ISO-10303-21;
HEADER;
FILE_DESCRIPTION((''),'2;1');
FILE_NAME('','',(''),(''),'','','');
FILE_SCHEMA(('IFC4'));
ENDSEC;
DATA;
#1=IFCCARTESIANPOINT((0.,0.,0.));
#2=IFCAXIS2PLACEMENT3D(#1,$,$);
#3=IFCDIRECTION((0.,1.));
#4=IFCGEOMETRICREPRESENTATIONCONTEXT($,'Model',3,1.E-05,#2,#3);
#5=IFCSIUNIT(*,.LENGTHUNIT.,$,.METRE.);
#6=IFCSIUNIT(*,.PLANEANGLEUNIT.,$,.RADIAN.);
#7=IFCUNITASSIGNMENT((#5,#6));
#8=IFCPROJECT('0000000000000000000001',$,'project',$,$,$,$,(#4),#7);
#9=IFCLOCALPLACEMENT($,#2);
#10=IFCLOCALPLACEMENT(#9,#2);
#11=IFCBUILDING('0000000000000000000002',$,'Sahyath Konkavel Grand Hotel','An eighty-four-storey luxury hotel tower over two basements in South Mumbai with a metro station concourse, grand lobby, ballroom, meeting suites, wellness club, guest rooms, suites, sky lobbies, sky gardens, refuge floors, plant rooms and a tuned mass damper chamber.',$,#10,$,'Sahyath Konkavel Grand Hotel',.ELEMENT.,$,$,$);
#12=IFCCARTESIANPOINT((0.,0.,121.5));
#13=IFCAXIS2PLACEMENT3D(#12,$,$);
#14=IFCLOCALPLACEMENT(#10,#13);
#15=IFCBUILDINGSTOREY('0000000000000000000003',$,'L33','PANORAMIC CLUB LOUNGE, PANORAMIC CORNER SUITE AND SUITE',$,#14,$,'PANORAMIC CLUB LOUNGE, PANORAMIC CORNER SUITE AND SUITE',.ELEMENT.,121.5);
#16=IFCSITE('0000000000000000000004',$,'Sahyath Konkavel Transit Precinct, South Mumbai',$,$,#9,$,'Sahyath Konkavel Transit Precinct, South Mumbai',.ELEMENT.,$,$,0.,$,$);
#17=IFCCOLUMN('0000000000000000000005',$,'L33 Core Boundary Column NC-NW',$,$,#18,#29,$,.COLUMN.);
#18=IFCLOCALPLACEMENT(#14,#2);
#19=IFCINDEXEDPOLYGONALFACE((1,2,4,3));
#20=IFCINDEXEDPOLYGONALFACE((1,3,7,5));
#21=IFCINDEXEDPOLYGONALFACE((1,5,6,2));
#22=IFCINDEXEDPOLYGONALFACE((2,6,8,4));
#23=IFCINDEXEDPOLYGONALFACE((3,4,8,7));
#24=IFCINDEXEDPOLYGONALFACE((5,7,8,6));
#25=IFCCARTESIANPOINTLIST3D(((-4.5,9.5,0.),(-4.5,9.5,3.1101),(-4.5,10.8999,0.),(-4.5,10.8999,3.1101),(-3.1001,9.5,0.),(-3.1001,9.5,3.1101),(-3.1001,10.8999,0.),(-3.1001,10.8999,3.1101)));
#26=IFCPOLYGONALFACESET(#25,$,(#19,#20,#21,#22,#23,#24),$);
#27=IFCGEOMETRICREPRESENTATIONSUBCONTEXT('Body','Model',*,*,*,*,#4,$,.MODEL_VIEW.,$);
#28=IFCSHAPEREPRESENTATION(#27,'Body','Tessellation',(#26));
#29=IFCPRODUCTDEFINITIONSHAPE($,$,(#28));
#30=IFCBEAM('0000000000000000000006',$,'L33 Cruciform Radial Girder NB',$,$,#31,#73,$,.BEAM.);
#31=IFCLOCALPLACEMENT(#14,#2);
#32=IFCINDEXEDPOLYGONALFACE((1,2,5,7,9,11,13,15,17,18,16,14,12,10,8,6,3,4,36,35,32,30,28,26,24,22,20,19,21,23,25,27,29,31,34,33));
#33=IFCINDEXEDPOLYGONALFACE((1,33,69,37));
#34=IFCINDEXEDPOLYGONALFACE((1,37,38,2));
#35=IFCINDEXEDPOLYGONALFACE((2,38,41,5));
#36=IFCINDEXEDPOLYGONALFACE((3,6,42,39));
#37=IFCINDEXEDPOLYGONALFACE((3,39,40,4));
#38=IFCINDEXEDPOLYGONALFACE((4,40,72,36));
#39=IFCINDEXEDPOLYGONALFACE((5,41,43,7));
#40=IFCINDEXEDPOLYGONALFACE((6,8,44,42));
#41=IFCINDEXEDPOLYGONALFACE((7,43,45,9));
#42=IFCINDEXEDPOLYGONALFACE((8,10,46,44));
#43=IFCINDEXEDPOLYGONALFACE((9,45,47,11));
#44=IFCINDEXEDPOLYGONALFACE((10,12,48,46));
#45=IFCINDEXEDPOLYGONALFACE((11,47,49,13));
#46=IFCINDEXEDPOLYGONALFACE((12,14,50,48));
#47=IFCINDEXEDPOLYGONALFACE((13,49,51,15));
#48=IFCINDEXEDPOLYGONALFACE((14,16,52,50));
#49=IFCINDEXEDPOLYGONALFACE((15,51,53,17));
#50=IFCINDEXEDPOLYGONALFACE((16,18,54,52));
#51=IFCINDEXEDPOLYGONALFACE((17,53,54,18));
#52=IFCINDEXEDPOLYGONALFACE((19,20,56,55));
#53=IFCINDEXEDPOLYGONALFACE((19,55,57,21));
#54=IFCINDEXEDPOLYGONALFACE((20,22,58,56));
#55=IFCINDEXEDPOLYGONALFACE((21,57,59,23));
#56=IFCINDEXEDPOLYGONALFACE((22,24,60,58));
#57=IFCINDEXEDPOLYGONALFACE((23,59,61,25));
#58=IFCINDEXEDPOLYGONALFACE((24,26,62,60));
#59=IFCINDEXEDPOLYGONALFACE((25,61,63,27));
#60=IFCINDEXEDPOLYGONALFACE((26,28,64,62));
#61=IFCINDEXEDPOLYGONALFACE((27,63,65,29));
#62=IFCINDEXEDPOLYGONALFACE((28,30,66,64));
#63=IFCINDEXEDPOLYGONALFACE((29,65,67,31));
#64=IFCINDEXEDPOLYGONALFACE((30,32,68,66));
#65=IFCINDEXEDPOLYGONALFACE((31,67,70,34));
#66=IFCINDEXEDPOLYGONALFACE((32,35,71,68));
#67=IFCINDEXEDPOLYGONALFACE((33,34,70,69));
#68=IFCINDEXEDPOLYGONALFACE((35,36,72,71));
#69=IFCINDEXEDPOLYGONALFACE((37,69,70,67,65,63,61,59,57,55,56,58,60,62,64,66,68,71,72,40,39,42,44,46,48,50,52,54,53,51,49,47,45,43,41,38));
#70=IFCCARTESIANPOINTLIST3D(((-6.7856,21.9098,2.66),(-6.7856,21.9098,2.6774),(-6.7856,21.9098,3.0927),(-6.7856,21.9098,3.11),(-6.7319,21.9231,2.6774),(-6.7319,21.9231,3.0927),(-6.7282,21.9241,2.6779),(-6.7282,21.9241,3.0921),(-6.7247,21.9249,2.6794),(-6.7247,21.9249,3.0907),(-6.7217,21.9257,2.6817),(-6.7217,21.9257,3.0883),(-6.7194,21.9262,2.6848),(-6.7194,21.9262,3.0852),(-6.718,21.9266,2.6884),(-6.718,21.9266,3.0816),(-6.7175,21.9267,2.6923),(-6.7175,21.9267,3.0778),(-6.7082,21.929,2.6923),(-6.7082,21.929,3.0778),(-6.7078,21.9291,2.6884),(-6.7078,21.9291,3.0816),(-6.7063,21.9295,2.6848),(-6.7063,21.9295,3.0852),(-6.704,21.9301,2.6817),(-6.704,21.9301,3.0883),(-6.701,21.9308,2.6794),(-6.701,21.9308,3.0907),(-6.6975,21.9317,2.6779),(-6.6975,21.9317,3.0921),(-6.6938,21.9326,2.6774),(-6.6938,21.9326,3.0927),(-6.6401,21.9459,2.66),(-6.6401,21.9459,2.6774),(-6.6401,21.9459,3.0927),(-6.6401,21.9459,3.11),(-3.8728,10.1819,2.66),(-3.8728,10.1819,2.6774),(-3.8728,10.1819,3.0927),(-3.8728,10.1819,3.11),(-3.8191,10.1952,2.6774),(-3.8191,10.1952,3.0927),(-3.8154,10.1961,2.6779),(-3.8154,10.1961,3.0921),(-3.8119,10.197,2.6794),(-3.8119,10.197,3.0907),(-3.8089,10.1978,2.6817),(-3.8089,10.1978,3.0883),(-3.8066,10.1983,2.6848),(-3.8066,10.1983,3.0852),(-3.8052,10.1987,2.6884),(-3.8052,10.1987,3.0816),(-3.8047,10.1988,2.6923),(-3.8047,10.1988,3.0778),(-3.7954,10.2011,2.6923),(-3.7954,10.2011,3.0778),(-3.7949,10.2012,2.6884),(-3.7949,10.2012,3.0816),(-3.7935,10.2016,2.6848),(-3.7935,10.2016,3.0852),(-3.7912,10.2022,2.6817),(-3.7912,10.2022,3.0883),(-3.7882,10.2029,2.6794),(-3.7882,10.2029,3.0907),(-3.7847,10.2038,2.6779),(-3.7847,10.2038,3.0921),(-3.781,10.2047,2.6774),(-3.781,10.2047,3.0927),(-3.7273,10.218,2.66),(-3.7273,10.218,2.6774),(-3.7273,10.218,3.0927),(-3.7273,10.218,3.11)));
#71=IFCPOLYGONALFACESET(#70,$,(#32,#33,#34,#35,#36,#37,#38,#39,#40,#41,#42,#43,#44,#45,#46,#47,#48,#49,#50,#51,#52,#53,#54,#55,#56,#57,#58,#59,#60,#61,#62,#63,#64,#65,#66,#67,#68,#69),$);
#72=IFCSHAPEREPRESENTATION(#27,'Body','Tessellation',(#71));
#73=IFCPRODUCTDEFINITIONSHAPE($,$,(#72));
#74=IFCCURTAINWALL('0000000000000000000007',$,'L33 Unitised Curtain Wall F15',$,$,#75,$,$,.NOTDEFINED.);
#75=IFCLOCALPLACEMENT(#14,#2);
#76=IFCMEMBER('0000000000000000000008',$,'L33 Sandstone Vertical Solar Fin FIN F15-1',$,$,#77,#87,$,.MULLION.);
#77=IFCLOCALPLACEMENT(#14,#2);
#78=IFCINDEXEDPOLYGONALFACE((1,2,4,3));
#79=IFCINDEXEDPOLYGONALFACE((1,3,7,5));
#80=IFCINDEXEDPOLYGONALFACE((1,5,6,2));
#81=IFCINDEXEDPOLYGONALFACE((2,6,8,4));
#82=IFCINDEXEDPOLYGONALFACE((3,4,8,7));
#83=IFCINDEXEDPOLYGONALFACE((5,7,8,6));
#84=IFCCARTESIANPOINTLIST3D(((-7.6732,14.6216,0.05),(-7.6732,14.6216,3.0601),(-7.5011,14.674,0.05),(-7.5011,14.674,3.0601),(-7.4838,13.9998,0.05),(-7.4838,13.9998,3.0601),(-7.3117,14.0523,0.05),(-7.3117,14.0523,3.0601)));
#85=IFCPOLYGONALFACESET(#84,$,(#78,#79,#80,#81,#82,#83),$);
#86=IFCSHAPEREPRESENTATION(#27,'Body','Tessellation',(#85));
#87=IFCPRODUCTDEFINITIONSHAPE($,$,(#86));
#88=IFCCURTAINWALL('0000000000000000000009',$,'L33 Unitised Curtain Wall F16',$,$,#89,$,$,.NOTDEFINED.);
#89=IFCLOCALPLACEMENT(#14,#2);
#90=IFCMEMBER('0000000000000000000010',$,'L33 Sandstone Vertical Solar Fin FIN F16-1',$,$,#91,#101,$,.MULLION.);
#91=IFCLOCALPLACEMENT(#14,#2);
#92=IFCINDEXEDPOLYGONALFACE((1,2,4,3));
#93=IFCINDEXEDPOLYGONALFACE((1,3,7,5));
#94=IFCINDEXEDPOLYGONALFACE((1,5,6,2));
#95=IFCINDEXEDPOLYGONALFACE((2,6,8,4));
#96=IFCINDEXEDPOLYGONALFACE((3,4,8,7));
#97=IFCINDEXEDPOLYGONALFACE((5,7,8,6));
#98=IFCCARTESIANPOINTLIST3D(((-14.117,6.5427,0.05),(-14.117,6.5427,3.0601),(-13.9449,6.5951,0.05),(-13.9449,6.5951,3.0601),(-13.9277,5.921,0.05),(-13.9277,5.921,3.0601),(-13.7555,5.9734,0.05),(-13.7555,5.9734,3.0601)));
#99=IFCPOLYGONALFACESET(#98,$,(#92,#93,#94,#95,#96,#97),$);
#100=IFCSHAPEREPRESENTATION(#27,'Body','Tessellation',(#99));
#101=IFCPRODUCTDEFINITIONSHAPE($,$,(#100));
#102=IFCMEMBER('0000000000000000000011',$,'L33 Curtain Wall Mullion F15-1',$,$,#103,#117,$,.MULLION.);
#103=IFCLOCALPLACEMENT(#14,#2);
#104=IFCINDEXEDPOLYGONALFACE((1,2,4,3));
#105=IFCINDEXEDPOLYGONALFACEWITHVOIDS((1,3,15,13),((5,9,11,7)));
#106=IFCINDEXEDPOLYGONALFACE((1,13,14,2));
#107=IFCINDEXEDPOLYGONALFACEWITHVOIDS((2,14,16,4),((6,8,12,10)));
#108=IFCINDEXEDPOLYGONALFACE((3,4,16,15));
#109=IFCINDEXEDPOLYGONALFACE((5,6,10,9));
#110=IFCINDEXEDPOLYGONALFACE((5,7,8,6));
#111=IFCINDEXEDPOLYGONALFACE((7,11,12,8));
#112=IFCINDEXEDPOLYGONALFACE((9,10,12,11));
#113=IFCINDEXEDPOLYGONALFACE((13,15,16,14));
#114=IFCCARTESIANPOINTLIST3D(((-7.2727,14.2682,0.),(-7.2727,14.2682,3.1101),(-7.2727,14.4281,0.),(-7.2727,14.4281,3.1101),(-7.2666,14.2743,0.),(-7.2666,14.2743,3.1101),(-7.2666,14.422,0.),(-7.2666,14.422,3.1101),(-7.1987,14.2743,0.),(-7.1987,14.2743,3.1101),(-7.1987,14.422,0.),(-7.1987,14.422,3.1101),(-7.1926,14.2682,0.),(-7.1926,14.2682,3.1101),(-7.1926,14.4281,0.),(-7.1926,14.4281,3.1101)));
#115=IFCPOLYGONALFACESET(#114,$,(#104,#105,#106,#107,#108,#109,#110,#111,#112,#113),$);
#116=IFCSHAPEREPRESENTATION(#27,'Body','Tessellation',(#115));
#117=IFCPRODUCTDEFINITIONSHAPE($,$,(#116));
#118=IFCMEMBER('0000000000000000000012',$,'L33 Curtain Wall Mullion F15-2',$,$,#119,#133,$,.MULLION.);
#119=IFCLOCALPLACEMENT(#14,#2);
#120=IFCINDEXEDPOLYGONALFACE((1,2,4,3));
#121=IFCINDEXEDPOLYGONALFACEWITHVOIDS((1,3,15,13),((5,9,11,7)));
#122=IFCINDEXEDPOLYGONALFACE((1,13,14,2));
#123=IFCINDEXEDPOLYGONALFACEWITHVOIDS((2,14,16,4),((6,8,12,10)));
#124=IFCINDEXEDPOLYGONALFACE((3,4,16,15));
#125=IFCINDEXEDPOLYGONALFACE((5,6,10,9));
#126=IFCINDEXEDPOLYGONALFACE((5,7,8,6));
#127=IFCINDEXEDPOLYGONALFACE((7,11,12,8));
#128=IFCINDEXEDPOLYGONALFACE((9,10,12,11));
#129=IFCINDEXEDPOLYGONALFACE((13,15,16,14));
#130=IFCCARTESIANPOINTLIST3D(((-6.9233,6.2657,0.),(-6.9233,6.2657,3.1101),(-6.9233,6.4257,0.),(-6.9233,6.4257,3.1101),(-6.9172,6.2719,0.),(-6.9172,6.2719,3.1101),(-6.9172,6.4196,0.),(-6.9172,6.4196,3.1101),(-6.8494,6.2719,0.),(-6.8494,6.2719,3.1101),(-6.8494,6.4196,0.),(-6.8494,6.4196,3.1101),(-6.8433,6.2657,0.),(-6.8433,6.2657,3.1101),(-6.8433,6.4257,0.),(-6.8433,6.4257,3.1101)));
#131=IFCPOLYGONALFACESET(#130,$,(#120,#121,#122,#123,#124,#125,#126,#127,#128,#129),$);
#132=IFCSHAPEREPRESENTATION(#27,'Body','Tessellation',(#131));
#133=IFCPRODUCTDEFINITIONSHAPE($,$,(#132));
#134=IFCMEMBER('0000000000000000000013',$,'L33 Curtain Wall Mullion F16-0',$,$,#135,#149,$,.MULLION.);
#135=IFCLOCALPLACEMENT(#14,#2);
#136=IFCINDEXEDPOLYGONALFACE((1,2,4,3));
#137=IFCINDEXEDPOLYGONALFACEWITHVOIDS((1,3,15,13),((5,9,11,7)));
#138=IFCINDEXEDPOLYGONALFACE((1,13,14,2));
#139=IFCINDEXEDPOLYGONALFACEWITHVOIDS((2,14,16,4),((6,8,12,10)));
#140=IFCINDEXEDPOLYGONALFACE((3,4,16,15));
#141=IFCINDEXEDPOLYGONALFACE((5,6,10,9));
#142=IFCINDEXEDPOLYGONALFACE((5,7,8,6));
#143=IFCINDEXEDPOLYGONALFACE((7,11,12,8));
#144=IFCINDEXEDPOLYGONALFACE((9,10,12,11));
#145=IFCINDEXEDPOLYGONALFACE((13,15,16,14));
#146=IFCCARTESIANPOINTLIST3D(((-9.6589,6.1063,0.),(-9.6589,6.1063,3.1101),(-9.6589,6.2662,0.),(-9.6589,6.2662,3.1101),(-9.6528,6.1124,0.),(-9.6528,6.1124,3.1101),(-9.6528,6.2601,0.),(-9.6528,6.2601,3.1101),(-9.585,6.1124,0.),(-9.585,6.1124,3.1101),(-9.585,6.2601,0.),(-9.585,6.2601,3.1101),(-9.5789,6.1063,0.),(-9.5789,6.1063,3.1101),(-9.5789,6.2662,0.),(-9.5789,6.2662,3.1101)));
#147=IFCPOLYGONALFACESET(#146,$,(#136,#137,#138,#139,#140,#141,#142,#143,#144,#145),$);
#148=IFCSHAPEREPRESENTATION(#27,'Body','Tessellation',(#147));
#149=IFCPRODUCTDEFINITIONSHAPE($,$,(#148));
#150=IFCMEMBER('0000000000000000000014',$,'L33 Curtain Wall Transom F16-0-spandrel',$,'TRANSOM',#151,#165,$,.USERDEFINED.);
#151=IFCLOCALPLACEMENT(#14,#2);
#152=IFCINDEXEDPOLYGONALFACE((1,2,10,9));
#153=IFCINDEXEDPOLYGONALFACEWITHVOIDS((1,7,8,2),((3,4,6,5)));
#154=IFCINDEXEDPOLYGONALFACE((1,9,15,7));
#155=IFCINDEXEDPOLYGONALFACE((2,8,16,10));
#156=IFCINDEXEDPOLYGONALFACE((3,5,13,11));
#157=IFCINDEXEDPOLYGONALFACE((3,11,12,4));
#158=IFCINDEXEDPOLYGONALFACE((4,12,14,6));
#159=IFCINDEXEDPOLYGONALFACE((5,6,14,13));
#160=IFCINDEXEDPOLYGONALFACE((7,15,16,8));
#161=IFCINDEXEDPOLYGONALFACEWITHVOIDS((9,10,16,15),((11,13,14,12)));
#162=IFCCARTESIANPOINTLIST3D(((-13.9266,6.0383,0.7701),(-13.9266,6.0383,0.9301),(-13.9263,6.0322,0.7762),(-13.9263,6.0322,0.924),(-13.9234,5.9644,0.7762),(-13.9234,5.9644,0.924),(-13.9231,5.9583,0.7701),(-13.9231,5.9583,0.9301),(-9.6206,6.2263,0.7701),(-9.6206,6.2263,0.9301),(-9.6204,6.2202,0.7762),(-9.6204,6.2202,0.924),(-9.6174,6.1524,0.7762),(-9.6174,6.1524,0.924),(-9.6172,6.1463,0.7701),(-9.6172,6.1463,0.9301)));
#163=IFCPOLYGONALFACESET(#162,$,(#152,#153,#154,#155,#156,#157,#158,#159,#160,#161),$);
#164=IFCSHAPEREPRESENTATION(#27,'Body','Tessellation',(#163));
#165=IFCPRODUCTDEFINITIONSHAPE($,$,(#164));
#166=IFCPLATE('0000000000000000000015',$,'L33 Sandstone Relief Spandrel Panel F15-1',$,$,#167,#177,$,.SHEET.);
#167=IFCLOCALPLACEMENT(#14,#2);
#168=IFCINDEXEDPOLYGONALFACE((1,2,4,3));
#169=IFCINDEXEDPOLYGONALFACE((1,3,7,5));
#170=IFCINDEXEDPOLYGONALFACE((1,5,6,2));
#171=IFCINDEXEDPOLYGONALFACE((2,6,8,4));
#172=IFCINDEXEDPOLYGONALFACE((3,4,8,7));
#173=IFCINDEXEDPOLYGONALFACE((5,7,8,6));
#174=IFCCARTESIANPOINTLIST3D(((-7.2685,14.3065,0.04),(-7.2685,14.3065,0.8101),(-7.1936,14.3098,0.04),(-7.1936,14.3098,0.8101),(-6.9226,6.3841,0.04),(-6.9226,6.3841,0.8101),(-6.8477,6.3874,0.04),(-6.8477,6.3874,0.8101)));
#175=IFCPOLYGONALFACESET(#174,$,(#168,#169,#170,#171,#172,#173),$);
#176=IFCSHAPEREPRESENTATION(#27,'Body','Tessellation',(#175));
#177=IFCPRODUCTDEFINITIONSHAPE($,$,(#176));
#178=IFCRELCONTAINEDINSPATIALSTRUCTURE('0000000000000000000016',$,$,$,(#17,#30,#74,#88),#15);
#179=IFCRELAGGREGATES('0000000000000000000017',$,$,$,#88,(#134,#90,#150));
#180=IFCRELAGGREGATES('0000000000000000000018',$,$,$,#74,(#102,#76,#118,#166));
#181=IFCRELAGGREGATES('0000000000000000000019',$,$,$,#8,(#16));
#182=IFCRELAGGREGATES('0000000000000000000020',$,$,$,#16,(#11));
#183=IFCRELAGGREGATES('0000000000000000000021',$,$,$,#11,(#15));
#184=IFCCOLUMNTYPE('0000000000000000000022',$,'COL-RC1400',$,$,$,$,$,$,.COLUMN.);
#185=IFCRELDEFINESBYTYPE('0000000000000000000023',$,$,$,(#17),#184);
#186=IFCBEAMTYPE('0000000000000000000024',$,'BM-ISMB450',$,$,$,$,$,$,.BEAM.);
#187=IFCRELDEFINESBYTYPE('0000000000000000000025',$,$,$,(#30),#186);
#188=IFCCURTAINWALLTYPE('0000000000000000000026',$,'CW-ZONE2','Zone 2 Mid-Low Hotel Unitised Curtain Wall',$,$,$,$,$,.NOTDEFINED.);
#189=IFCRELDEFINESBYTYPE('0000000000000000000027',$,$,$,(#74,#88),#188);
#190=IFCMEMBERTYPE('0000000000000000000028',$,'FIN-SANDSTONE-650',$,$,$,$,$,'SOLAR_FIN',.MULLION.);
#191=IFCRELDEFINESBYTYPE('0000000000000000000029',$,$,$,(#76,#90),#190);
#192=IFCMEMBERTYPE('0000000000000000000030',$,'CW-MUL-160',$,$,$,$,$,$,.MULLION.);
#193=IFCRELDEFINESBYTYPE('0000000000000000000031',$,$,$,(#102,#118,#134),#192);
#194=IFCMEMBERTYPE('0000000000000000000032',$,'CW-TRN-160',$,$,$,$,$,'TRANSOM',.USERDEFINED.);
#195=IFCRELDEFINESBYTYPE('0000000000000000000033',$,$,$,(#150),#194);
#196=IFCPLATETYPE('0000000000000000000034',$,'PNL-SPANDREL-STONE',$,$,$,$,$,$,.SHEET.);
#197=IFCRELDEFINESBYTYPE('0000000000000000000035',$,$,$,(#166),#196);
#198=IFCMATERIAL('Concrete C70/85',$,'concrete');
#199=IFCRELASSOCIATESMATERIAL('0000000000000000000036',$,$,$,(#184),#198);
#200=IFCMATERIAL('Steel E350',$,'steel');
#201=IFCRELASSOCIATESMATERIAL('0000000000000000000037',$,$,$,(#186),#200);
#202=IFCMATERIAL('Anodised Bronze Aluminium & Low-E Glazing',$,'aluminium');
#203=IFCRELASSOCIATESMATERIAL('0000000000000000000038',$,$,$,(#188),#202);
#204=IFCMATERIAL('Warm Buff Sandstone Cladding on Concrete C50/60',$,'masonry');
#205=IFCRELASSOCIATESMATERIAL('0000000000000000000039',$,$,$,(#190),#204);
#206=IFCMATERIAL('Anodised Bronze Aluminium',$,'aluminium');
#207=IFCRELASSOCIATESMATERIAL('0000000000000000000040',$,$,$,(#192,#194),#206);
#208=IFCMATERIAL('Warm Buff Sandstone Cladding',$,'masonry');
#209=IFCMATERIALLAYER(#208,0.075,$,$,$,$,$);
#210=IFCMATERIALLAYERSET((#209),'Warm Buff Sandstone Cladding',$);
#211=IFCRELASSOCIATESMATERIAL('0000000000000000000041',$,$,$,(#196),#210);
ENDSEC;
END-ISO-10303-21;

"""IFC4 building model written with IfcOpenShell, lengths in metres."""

from ifc_helpers import new_model, si_unit, direction, frame, origin, origin_2d, place, context, subcontext, project, spatial, rectangle, hollow_rectangle, i_section, extrude, source, transform, mapped, material, layer, layer_set, material_profile, profile_set, type_object, element, aggregate, save


model = new_model("IFC4")

# Units and contexts
model_context = context("Model", 3, precision=1e-05, world=origin(), true_north=direction((0.0, 1.0)))
body_context = subcontext(model_context, "Body", "Model", "MODEL_VIEW")
ifc_project = project(units=[si_unit("LENGTHUNIT", "METRE"), si_unit("PLANEANGLEUNIT", "RADIAN")], contexts=[model_context])

# Site, building, storey
site_placement = place(None, origin())
site = spatial("IfcSite", under=ifc_project, at=site_placement, Name="Sahyath Konkavel Transit Precinct, South Mumbai", LongName="Sahyath Konkavel Transit Precinct, South Mumbai", CompositionType="ELEMENT", RefElevation=0.0)
building_placement = place(site_placement, origin())
building = spatial("IfcBuilding", under=site, at=building_placement, Name="Sahyath Konkavel Grand Hotel", Description="An eighty-four-storey luxury hotel tower over two basements in South Mumbai with a metro station concourse, grand lobby, ballroom, meeting suites, wellness club, guest rooms, suites, sky lobbies, sky gardens, refuge floors, plant rooms and a tuned mass damper chamber.", LongName="Sahyath Konkavel Grand Hotel", CompositionType="ELEMENT")
storey_placement = place(building_placement, frame((0.0, 0.0, 121.5)))
storey = spatial("IfcBuildingStorey", under=building, at=storey_placement, Name="L33", Description="PANORAMIC CLUB LOUNGE, PANORAMIC CORNER SUITE AND SUITE", LongName="PANORAMIC CLUB LOUNGE, PANORAMIC CORNER SUITE AND SUITE", CompositionType="ELEMENT", Elevation=121.5)

# Column
ifc_material_1 = material(Name="Concrete C70/85", Category="concrete")
ifc_material_profile_1 = material_profile(ifc_material_1, rectangle(XDim=1.3999, YDim=1.3999, at=origin_2d()), Name="RC 1400x1400")
ifc_profile_set_1 = profile_set([ifc_material_profile_1], Name="Concrete C70/85")
column_type = type_object("IfcColumnType", Name="COL-RC1400", PredefinedType="COLUMN", material=ifc_profile_set_1)
shared_shape_1 = source(origin(), body_context, "Body", "SweptSolid", [
    extrude(rectangle(XDim=1.3999, YDim=1.3999, at=origin_2d()), origin(), (0.0, 0.0, 1.0), 3.1101),
])
column_placement = place(storey_placement, frame((-3.8, 10.2, 0.0), z_axis=(0.0, 0.0, 1.0), x_axis=(1.0, 0.0, 0.0)))
element("IfcColumn", 1, at=column_placement, inside=storey, type_object=column_type, Name="L33 Core Boundary Column NC-NW", PredefinedType="COLUMN", context=body_context, shape_type="MappedRepresentation", body=[
    mapped(shared_shape_1, transform((0.0, 0.0, 0.0), scale=1.0)),
])

# Beam
ifc_material_2 = material(Name="Steel E350", Category="steel")
ifc_material_profile_2 = material_profile(ifc_material_2, i_section(OverallWidth=0.1499, OverallDepth=0.45, WebThickness=0.0095, FlangeThickness=0.0173, FilletRadius=0.0149, at=origin_2d()), Name="ISMB 450")
ifc_profile_set_2 = profile_set([ifc_material_profile_2], Name="Steel E350")
beam_type = type_object("IfcBeamType", Name="BM-ISMB450", PredefinedType="BEAM", material=ifc_profile_set_2)
shared_shape_2 = source(origin(), body_context, "Body", "SweptSolid", [
    extrude(i_section(OverallWidth=0.1499, OverallDepth=0.45, WebThickness=0.0095, FlangeThickness=0.0173, FilletRadius=0.0149, at=origin_2d()), origin(), (0.0, 0.0, 1.0), 12.0842),
])
beam_placement = place(storey_placement, frame((-3.8, 10.2, 2.885), z_axis=(-0.241043, 0.970515, 0.0), x_axis=(-0.970515, -0.241043, 0.0)))
element("IfcBeam", 2, at=beam_placement, inside=storey, type_object=beam_type, Name="L33 Cruciform Radial Girder NB", PredefinedType="BEAM", context=body_context, shape_type="MappedRepresentation", body=[
    mapped(shared_shape_2, transform((0.0, 0.0, 0.0), scale=1.0)),
])

# Curtain walls, members
ifc_material_3 = material(Name="Anodised Bronze Aluminium & Low-E Glazing", Category="aluminium")
curtain_wall_type = type_object("IfcCurtainWallType", Name="CW-ZONE2", Description="Zone 2 Mid-Low Hotel Unitised Curtain Wall", PredefinedType="NOTDEFINED", material=ifc_material_3)
curtain_wall_1_placement = place(storey_placement, origin())
curtain_wall_1 = element("IfcCurtainWall", 3, at=curtain_wall_1_placement, inside=storey, type_object=curtain_wall_type, Name="L33 Unitised Curtain Wall F15", PredefinedType="NOTDEFINED")
ifc_material_4 = material(Name="Warm Buff Sandstone Cladding on Concrete C50/60", Category="masonry")
ifc_material_profile_3 = material_profile(ifc_material_4, rectangle(XDim=0.1799, YDim=0.6499, at=origin_2d()), Name="FIN 180x650")
ifc_profile_set_3 = profile_set([ifc_material_profile_3], Name="Warm Buff Sandstone Cladding on Concrete C50/60")
member_type_1 = type_object("IfcMemberType", Name="FIN-SANDSTONE-650", ElementType="SOLAR_FIN", PredefinedType="MULLION", material=ifc_profile_set_3)
shared_shape_3 = source(origin(), body_context, "Body", "SweptSolid", [
    extrude(rectangle(XDim=0.1799, YDim=0.6499, at=origin_2d()), origin(), (0.0, 0.0, 1.0), 3.01),
])
member_1_placement = place(storey_placement, frame((-7.4924, 14.3369, 0.05), z_axis=(0.0, 0.0, 1.0), x_axis=(0.95661, 0.29137, 0.0)))
member_1 = element("IfcMember", 4, at=member_1_placement, type_object=member_type_1, Name="L33 Sandstone Vertical Solar Fin FIN F15-1", PredefinedType="MULLION", context=body_context, shape_type="MappedRepresentation", body=[
    mapped(shared_shape_3, transform((0.0, 0.0, 0.0), scale=1.0)),
])
curtain_wall_2_placement = place(storey_placement, origin())
curtain_wall_2 = element("IfcCurtainWall", 5, at=curtain_wall_2_placement, inside=storey, type_object=curtain_wall_type, Name="L33 Unitised Curtain Wall F16", PredefinedType="NOTDEFINED")
member_2_placement = place(storey_placement, frame((-13.9363, 6.2581, 0.05), z_axis=(0.0, 0.0, 1.0), x_axis=(0.95661, 0.29137, 0.0)))
member_2 = element("IfcMember", 6, at=member_2_placement, type_object=member_type_1, Name="L33 Sandstone Vertical Solar Fin FIN F16-1", PredefinedType="MULLION", context=body_context, shape_type="MappedRepresentation", body=[
    mapped(shared_shape_3, transform((0.0, 0.0, 0.0), scale=1.0)),
])

# Members
ifc_material_5 = material(Name="Anodised Bronze Aluminium", Category="aluminium")
ifc_material_profile_4 = material_profile(ifc_material_5, hollow_rectangle(XDim=0.0801, YDim=0.1599, WallThickness=0.0061, at=origin_2d()), Name="RHS 160x80x6")
ifc_profile_set_4 = profile_set([ifc_material_profile_4], Name="Anodised Bronze Aluminium")
member_type_2 = type_object("IfcMemberType", Name="CW-MUL-160", PredefinedType="MULLION", material=ifc_profile_set_4)
shared_shape_4 = source(origin(), body_context, "Body", "SweptSolid", [
    extrude(hollow_rectangle(XDim=0.0801, YDim=0.1599, WallThickness=0.0061, at=origin_2d()), origin(), (0.0, 0.0, 1.0), 3.1101),
])
member_3_placement = place(storey_placement, frame((-7.2327, 14.3481, 0.0), z_axis=(0.0, 0.0, 1.0), x_axis=(1.0, 0.0, 0.0)))
member_3 = element("IfcMember", 7, at=member_3_placement, type_object=member_type_2, Name="L33 Curtain Wall Mullion F15-1", PredefinedType="MULLION", context=body_context, shape_type="MappedRepresentation", body=[
    mapped(shared_shape_4, transform((0.0, 0.0, 0.0), scale=1.0)),
])
member_4_placement = place(storey_placement, frame((-6.8833, 6.3457, 0.0), z_axis=(0.0, 0.0, 1.0), x_axis=(1.0, 0.0, 0.0)))
member_4 = element("IfcMember", 8, at=member_4_placement, type_object=member_type_2, Name="L33 Curtain Wall Mullion F15-2", PredefinedType="MULLION", context=body_context, shape_type="MappedRepresentation", body=[
    mapped(shared_shape_4, transform((0.0, 0.0, 0.0), scale=1.0)),
])
member_5_placement = place(storey_placement, frame((-9.6189, 6.1863, 0.0), z_axis=(0.0, 0.0, 1.0), x_axis=(1.0, 0.0, 0.0)))
member_5 = element("IfcMember", 9, at=member_5_placement, type_object=member_type_2, Name="L33 Curtain Wall Mullion F16-0", PredefinedType="MULLION", context=body_context, shape_type="MappedRepresentation", body=[
    mapped(shared_shape_4, transform((0.0, 0.0, 0.0), scale=1.0)),
])
ifc_material_profile_5 = material_profile(ifc_material_5, hollow_rectangle(XDim=0.0801, YDim=0.1599, WallThickness=0.0061, at=origin_2d()), Name="RHS 160x80x6")
ifc_profile_set_5 = profile_set([ifc_material_profile_5], Name="Anodised Bronze Aluminium")
member_type_3 = type_object("IfcMemberType", Name="CW-TRN-160", ElementType="TRANSOM", PredefinedType="USERDEFINED", material=ifc_profile_set_5)
shared_shape_5 = source(origin(), body_context, "Body", "SweptSolid", [
    extrude(hollow_rectangle(XDim=0.0801, YDim=0.1599, WallThickness=0.0061, at=origin_2d()), origin(), (0.0, 0.0, 1.0), 4.3101),
])
member_6_placement = place(storey_placement, frame((-9.6189, 6.1863, 0.8501), z_axis=(-0.999048, -0.043617, 0.0), x_axis=(0.043617, -0.999048, 0.0)))
member_6 = element("IfcMember", 10, at=member_6_placement, type_object=member_type_3, Name="L33 Curtain Wall Transom F16-0-spandrel", ObjectType="TRANSOM", PredefinedType="USERDEFINED", context=body_context, shape_type="MappedRepresentation", body=[
    mapped(shared_shape_5, transform((0.0, 0.0, 0.0), scale=1.0)),
])

# Plate
ifc_material_6 = material(Name="Warm Buff Sandstone Cladding", Category="masonry")
ifc_layer_1 = layer(ifc_material_6, 0.075)
ifc_layer_set_1 = layer_set([ifc_layer_1], Name="Warm Buff Sandstone Cladding")
plate_type_1 = type_object("IfcPlateType", Name="PNL-SPANDREL-STONE", PredefinedType="SHEET", material=ifc_layer_set_1)
shared_shape_6 = source(origin(), body_context, "Body", "SweptSolid", [
    extrude(rectangle(XDim=7.9299, YDim=0.075, at=origin_2d()), origin(), (0.0, 0.0, 1.0), 0.77),
])
plate_1_placement = place(storey_placement, frame((-7.0581, 10.3469, 0.04), z_axis=(0.0, 0.0, 1.0), x_axis=(0.043619, -0.999048, 0.0)))
plate_1 = element("IfcPlate", 11, at=plate_1_placement, type_object=plate_type_1, Name="L33 Sandstone Relief Spandrel Panel F15-1", PredefinedType="SHEET", context=body_context, shape_type="MappedRepresentation", body=[
    mapped(shared_shape_6, transform((0.0, 0.0, 0.0), scale=1.0)),
])
aggregate(curtain_wall_2, [member_5, member_2, member_6])
aggregate(curtain_wall_1, [member_3, member_1, member_4, plate_1])

save(model, "model.ifc")
